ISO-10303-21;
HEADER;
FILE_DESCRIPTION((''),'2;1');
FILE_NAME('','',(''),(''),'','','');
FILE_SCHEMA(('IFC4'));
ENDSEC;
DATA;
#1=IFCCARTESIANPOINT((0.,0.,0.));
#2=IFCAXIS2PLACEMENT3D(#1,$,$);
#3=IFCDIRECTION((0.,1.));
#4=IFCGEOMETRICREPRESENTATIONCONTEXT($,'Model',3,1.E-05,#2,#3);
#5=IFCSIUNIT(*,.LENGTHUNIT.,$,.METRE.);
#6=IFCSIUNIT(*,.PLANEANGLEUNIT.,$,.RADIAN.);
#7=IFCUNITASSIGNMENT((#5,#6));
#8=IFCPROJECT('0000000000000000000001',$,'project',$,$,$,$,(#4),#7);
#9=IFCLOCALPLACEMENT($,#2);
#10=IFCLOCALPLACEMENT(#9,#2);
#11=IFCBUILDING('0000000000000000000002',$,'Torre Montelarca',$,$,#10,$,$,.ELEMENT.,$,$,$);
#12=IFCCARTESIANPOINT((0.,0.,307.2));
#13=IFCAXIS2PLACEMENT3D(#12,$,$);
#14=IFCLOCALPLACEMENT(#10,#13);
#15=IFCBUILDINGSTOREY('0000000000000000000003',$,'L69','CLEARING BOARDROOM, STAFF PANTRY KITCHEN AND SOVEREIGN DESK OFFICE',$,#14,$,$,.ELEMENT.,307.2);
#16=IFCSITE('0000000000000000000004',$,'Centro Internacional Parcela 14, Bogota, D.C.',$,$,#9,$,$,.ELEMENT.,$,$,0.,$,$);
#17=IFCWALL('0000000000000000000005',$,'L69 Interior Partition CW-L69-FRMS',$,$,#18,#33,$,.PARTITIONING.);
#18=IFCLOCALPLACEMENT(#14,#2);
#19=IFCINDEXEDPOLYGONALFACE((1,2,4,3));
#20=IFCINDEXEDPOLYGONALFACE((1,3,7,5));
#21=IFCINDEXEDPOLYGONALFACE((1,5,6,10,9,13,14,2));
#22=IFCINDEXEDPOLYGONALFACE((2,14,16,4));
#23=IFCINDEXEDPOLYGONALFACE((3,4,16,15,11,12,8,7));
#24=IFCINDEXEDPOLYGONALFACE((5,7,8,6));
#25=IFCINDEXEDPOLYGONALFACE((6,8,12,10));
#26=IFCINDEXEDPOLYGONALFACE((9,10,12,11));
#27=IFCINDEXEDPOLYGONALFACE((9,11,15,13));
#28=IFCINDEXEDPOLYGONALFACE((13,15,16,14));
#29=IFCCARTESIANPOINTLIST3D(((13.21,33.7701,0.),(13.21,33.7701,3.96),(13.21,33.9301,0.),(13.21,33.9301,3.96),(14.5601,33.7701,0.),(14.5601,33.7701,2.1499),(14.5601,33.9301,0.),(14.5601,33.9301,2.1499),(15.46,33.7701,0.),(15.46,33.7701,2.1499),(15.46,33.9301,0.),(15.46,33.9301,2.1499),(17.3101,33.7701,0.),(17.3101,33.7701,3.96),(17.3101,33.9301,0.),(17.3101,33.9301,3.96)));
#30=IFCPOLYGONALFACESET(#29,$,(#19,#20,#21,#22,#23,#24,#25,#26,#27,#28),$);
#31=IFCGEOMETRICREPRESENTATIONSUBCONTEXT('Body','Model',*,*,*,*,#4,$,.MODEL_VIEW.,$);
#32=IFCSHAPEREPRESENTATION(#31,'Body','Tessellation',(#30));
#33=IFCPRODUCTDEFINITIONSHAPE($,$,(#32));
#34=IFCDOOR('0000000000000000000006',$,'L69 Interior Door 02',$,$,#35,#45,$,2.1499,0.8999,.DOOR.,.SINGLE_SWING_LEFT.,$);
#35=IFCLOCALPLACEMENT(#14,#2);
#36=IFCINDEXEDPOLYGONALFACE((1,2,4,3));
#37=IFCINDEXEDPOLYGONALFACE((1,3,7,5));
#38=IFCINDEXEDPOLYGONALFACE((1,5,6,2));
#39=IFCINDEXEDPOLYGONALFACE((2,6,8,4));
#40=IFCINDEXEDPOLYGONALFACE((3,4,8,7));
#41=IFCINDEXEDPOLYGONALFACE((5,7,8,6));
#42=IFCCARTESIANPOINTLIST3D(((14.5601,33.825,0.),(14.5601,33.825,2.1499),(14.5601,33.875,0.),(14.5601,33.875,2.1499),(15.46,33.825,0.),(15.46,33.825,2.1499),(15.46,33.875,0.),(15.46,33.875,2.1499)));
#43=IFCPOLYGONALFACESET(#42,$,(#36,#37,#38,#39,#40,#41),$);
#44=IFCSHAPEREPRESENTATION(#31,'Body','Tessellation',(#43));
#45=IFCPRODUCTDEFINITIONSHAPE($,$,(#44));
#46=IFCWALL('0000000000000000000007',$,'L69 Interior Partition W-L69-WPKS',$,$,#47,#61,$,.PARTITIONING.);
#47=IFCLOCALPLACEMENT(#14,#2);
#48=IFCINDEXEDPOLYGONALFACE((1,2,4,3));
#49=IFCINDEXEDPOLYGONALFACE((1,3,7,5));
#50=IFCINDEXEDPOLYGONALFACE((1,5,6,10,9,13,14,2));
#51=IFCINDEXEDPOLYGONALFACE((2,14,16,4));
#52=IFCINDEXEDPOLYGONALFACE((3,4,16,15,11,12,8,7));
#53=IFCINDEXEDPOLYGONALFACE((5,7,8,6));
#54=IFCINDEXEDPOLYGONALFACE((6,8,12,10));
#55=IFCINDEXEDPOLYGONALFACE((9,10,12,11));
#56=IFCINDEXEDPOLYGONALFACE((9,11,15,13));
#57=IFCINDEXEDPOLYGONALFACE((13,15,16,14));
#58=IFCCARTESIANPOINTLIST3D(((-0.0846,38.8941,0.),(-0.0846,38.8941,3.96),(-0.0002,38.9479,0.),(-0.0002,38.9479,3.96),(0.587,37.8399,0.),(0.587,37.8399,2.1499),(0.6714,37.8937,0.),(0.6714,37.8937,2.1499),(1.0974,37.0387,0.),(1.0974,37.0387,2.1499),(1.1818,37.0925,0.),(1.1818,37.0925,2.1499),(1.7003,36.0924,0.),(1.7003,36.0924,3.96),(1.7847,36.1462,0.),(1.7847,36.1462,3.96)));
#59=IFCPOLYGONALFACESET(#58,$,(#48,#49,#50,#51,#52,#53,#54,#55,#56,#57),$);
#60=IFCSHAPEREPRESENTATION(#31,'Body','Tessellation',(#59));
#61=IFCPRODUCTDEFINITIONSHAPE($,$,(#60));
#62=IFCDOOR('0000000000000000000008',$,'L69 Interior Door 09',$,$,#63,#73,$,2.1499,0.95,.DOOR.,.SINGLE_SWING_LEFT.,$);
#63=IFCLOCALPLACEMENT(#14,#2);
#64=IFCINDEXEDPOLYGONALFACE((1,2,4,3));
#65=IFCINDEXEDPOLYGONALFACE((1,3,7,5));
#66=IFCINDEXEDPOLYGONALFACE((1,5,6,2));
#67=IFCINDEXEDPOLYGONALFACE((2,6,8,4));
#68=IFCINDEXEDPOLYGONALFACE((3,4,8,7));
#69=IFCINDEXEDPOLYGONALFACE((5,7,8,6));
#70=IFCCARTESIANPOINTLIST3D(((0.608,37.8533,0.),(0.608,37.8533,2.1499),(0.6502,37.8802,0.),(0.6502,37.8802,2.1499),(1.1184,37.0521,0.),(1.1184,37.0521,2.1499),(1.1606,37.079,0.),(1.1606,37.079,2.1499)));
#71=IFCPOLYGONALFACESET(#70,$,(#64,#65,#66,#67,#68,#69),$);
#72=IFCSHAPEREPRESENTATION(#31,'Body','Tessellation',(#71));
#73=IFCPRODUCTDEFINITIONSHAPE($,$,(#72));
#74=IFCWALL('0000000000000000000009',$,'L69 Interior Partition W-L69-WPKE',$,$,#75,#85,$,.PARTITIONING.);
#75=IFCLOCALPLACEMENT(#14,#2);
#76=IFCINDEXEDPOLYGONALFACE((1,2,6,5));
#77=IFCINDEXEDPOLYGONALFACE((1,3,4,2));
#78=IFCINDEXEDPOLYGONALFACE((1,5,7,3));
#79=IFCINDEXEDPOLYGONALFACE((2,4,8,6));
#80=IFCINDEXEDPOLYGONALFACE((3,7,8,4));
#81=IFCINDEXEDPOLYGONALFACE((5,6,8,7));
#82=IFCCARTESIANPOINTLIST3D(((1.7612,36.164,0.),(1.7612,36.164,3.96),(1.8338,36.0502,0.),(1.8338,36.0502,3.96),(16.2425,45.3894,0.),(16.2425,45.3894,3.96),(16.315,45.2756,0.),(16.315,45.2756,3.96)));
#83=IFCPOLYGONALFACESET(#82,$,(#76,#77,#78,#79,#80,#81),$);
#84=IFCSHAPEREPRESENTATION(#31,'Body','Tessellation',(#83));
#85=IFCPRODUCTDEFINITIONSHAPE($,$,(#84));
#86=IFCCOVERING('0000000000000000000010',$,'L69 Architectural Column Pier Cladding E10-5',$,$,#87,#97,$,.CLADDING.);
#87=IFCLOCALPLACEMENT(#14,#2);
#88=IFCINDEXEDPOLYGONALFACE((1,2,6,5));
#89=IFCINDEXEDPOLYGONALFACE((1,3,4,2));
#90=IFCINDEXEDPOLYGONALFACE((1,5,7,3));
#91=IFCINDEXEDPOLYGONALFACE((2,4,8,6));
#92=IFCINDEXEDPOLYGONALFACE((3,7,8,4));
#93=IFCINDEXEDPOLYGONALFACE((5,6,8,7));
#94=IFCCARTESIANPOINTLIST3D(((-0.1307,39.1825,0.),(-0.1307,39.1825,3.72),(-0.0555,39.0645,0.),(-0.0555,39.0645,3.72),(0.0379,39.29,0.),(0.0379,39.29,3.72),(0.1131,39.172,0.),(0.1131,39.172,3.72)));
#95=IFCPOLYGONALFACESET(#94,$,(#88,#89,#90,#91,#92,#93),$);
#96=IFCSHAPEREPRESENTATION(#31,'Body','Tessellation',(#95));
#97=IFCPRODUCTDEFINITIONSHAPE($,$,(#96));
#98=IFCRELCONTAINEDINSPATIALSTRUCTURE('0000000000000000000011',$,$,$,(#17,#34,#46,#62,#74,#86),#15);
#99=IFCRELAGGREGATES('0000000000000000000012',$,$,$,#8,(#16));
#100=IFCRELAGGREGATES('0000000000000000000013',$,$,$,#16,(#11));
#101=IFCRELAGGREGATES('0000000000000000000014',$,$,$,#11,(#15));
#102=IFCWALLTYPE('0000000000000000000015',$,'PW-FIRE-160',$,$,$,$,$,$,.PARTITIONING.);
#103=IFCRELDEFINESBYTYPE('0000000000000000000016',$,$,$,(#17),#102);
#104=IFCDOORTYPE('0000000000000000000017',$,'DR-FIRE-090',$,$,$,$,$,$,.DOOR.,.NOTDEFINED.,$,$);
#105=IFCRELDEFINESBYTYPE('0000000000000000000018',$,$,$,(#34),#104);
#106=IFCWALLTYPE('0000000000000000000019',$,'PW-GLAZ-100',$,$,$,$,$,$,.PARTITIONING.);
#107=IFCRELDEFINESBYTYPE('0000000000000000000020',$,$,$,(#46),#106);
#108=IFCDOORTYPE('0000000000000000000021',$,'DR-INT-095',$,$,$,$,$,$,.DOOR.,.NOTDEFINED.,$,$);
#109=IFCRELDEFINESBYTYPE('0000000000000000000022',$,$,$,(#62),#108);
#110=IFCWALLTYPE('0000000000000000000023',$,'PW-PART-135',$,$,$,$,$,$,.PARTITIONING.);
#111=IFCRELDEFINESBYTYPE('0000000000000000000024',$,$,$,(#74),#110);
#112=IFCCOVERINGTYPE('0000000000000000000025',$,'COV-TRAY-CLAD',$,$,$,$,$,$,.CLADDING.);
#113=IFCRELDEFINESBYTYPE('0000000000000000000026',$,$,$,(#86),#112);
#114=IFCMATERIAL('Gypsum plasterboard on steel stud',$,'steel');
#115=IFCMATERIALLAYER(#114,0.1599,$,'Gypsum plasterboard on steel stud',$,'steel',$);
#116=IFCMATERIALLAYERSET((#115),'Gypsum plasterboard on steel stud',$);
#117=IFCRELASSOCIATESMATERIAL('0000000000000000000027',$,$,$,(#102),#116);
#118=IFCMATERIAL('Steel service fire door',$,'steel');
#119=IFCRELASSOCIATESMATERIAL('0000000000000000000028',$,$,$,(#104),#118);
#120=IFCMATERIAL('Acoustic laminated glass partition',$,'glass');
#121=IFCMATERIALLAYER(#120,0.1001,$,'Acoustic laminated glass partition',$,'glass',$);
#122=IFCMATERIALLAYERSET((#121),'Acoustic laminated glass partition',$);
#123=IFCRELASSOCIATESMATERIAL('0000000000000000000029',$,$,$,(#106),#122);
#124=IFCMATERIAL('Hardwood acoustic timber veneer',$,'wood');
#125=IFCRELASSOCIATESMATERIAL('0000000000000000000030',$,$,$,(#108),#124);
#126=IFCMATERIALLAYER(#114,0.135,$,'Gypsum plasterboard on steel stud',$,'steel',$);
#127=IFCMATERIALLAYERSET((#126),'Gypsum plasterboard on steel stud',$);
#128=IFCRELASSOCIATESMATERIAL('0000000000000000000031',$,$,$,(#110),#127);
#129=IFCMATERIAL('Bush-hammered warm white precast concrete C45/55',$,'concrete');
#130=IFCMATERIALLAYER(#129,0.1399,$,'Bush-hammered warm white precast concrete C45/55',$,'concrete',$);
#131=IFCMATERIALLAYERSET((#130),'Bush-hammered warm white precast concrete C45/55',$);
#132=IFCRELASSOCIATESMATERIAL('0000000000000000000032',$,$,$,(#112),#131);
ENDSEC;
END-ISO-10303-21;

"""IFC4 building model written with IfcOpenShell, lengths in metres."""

from ifc_helpers import new_model, si_unit, direction, frame, frame_2d, origin, origin_2d, place, context, subcontext, project, spatial, rectangle, extrude, source, transform, mapped, material, layer, layer_set, type_object, element, fill, save


model = new_model("IFC4")

# Units and contexts
model_context = context("Model", 3, precision=1e-05, world=origin(), true_north=direction((0.0, 1.0)))
body_context = subcontext(model_context, "Body", "Model", "MODEL_VIEW")
ifc_project = project(units=[si_unit("LENGTHUNIT", "METRE"), si_unit("PLANEANGLEUNIT", "RADIAN")], contexts=[model_context])

# Site, building, storey
site_placement = place(None, origin())
site = spatial("IfcSite", under=ifc_project, at=site_placement, Name="Centro Internacional Parcela 14, Bogota, D.C.", CompositionType="ELEMENT", RefElevation=0.0)
building_placement = place(site_placement, origin())
building = spatial("IfcBuilding", under=site, at=building_placement, Name="Torre Montelarca", CompositionType="ELEMENT")
storey_placement = place(building_placement, frame((0.0, 0.0, 307.2)))
storey = spatial("IfcBuildingStorey", under=building, at=storey_placement, Name="L69", Description="CLEARING BOARDROOM, STAFF PANTRY KITCHEN AND SOVEREIGN DESK OFFICE", CompositionType="ELEMENT", Elevation=307.2)

# Shared definitions
ifc_material_1 = material(Name="Gypsum plasterboard on steel stud", Category="steel")
ifc_layer_1 = layer(ifc_material_1, 0.1599, Name="Gypsum plasterboard on steel stud", Category="steel")
ifc_layer_set_1 = layer_set([ifc_layer_1], Name="Gypsum plasterboard on steel stud")
wall_type_1 = type_object("IfcWallType", Name="PW-FIRE-160", PredefinedType="PARTITIONING", material=ifc_layer_set_1)
ifc_material_2 = material(Name="Steel service fire door", Category="steel")
door_type_1 = type_object("IfcDoorType", Name="DR-FIRE-090", OperationType="NOTDEFINED", PredefinedType="DOOR", material=ifc_material_2)
shared_shape_1 = source(origin(), body_context, "Body", "SweptSolid", [
    extrude(rectangle(XDim=0.8999, YDim=2.1499, at=frame_2d((0.45, 1.075))), frame((0.0, 0.0249, 0.0), z_axis=(0.0, -1.0, 0.0), x_axis=(1.0, 0.0, 0.0)), (0.0, 0.0, 1.0), 0.05),
])

# Walls, openings, doors
wall_1_placement = place(storey_placement, frame((13.21, 33.8501, 0.0), z_axis=(0.0, 0.0, 1.0), x_axis=(1.0, 0.0, 0.0)))
wall_1 = element("IfcWall", 1, at=wall_1_placement, inside=storey, type_object=wall_type_1, Name="L69 Interior Partition CW-L69-FRMS", PredefinedType="PARTITIONING", context=body_context, shape_type="SweptSolid", body=[
    extrude(rectangle(XDim=4.1001, YDim=0.1599, at=frame_2d((2.05, 0.0))), origin(), (0.0, 0.0, 1.0), 3.96),
])
opening_1_placement = place(wall_1_placement, frame((1.3501, 0.0, 0.0)))
opening_1 = element("IfcOpeningElement", 2, at=opening_1_placement, cuts=wall_1, PredefinedType="OPENING", context=body_context, shape_type="SweptSolid", body=[
    extrude(rectangle(XDim=0.8999, YDim=2.1499, at=frame_2d((0.45, 1.075))), frame((0.0, 0.0898, 0.0), z_axis=(0.0, -1.0, 0.0), x_axis=(1.0, 0.0, 0.0)), (0.0, 0.0, 1.0), 0.1799),
])
door_1_placement = place(opening_1_placement, origin())
door_1 = element("IfcDoor", 3, at=door_1_placement, inside=storey, type_object=door_type_1, Name="L69 Interior Door 02", OperationType="SINGLE_SWING_LEFT", OverallHeight=2.1499, OverallWidth=0.8999, PredefinedType="DOOR", context=body_context, shape_type="MappedRepresentation", body=[
    mapped(shared_shape_1, transform((0.0, 0.0, 0.0), scale=1.0)),
])
fill(opening_1, door_1)
ifc_material_3 = material(Name="Acoustic laminated glass partition", Category="glass")
ifc_layer_2 = layer(ifc_material_3, 0.1001, Name="Acoustic laminated glass partition", Category="glass")
ifc_layer_set_2 = layer_set([ifc_layer_2], Name="Acoustic laminated glass partition")
wall_type_2 = type_object("IfcWallType", Name="PW-GLAZ-100", PredefinedType="PARTITIONING", material=ifc_layer_set_2)
wall_2_placement = place(storey_placement, frame((-0.0425, 38.9211, 0.0), z_axis=(0.0, 0.0, 1.0), x_axis=(0.537299, -0.843392, 0.0)))
wall_2 = element("IfcWall", 4, at=wall_2_placement, inside=storey, type_object=wall_type_2, Name="L69 Interior Partition W-L69-WPKS", PredefinedType="PARTITIONING", context=body_context, shape_type="SweptSolid", body=[
    extrude(rectangle(XDim=3.322, YDim=0.1001, at=frame_2d((1.6611, 0.0))), origin(), (0.0, 0.0, 1.0), 3.96),
])
opening_2_placement = place(wall_2_placement, frame((1.25, 0.0, 0.0)))
opening_2 = element("IfcOpeningElement", 5, at=opening_2_placement, cuts=wall_2, PredefinedType="OPENING", context=body_context, shape_type="SweptSolid", body=[
    extrude(rectangle(XDim=0.95, YDim=2.1499, at=frame_2d((0.4751, 1.075))), frame((0.0, 0.0601, 0.0), z_axis=(0.0, -1.0, 0.0), x_axis=(1.0, 0.0, 0.0)), (0.0, 0.0, 1.0), 0.1201),
])
ifc_material_4 = material(Name="Hardwood acoustic timber veneer", Category="wood")
door_type_2 = type_object("IfcDoorType", Name="DR-INT-095", OperationType="NOTDEFINED", PredefinedType="DOOR", material=ifc_material_4)
shared_shape_2 = source(origin(), body_context, "Body", "SweptSolid", [
    extrude(rectangle(XDim=0.95, YDim=2.1499, at=frame_2d((0.4751, 1.075))), frame((0.0, 0.0249, 0.0), z_axis=(0.0, -1.0, 0.0), x_axis=(1.0, 0.0, 0.0)), (0.0, 0.0, 1.0), 0.05),
])
door_2_placement = place(opening_2_placement, origin())
door_2 = element("IfcDoor", 6, at=door_2_placement, inside=storey, type_object=door_type_2, Name="L69 Interior Door 09", OperationType="SINGLE_SWING_LEFT", OverallHeight=2.1499, OverallWidth=0.95, PredefinedType="DOOR", context=body_context, shape_type="MappedRepresentation", body=[
    mapped(shared_shape_2, transform((0.0, 0.0, 0.0), scale=1.0)),
])
fill(opening_2, door_2)

# Wall
ifc_layer_3 = layer(ifc_material_1, 0.135, Name="Gypsum plasterboard on steel stud", Category="steel")
ifc_layer_set_3 = layer_set([ifc_layer_3], Name="Gypsum plasterboard on steel stud")
wall_type_3 = type_object("IfcWallType", Name="PW-PART-135", PredefinedType="PARTITIONING", material=ifc_layer_set_3)
wall_3_placement = place(storey_placement, frame((1.7976, 36.1072, 0.0), z_axis=(0.0, 0.0, 1.0), x_axis=(0.843397, 0.537291, 0.0)))
element("IfcWall", 7, at=wall_3_placement, inside=storey, type_object=wall_type_3, Name="L69 Interior Partition W-L69-WPKE", PredefinedType="PARTITIONING", context=body_context, shape_type="SweptSolid", body=[
    extrude(rectangle(XDim=17.1702, YDim=0.135, at=frame_2d((8.585, 0.0))), origin(), (0.0, 0.0, 1.0), 3.96),
])

# Covering
ifc_material_5 = material(Name="Bush-hammered warm white precast concrete C45/55", Category="concrete")
ifc_layer_4 = layer(ifc_material_5, 0.1399, Name="Bush-hammered warm white precast concrete C45/55", Category="concrete")
ifc_layer_set_4 = layer_set([ifc_layer_4], Name="Bush-hammered warm white precast concrete C45/55")
covering_type = type_object("IfcCoveringType", Name="COV-TRAY-CLAD", PredefinedType="CLADDING", material=ifc_layer_set_4)
shared_shape_3 = source(origin(), body_context, "Body", "SweptSolid", [
    extrude(rectangle(XDim=0.2, YDim=0.1399, at=origin_2d()), origin(), (0.0, 0.0, 1.0), 3.72),
])
covering_placement = place(storey_placement, frame((-0.0088, 39.1772, 0.0), z_axis=(0.0, 0.0, 1.0), x_axis=(-0.843391, -0.537301, 0.0)))
element("IfcCovering", 8, at=covering_placement, inside=storey, type_object=covering_type, Name="L69 Architectural Column Pier Cladding E10-5", PredefinedType="CLADDING", context=body_context, shape_type="MappedRepresentation", body=[
    mapped(shared_shape_3, transform((0.0, 0.0, 0.0), scale=1.0)),
])

save(model, "model.ifc")
